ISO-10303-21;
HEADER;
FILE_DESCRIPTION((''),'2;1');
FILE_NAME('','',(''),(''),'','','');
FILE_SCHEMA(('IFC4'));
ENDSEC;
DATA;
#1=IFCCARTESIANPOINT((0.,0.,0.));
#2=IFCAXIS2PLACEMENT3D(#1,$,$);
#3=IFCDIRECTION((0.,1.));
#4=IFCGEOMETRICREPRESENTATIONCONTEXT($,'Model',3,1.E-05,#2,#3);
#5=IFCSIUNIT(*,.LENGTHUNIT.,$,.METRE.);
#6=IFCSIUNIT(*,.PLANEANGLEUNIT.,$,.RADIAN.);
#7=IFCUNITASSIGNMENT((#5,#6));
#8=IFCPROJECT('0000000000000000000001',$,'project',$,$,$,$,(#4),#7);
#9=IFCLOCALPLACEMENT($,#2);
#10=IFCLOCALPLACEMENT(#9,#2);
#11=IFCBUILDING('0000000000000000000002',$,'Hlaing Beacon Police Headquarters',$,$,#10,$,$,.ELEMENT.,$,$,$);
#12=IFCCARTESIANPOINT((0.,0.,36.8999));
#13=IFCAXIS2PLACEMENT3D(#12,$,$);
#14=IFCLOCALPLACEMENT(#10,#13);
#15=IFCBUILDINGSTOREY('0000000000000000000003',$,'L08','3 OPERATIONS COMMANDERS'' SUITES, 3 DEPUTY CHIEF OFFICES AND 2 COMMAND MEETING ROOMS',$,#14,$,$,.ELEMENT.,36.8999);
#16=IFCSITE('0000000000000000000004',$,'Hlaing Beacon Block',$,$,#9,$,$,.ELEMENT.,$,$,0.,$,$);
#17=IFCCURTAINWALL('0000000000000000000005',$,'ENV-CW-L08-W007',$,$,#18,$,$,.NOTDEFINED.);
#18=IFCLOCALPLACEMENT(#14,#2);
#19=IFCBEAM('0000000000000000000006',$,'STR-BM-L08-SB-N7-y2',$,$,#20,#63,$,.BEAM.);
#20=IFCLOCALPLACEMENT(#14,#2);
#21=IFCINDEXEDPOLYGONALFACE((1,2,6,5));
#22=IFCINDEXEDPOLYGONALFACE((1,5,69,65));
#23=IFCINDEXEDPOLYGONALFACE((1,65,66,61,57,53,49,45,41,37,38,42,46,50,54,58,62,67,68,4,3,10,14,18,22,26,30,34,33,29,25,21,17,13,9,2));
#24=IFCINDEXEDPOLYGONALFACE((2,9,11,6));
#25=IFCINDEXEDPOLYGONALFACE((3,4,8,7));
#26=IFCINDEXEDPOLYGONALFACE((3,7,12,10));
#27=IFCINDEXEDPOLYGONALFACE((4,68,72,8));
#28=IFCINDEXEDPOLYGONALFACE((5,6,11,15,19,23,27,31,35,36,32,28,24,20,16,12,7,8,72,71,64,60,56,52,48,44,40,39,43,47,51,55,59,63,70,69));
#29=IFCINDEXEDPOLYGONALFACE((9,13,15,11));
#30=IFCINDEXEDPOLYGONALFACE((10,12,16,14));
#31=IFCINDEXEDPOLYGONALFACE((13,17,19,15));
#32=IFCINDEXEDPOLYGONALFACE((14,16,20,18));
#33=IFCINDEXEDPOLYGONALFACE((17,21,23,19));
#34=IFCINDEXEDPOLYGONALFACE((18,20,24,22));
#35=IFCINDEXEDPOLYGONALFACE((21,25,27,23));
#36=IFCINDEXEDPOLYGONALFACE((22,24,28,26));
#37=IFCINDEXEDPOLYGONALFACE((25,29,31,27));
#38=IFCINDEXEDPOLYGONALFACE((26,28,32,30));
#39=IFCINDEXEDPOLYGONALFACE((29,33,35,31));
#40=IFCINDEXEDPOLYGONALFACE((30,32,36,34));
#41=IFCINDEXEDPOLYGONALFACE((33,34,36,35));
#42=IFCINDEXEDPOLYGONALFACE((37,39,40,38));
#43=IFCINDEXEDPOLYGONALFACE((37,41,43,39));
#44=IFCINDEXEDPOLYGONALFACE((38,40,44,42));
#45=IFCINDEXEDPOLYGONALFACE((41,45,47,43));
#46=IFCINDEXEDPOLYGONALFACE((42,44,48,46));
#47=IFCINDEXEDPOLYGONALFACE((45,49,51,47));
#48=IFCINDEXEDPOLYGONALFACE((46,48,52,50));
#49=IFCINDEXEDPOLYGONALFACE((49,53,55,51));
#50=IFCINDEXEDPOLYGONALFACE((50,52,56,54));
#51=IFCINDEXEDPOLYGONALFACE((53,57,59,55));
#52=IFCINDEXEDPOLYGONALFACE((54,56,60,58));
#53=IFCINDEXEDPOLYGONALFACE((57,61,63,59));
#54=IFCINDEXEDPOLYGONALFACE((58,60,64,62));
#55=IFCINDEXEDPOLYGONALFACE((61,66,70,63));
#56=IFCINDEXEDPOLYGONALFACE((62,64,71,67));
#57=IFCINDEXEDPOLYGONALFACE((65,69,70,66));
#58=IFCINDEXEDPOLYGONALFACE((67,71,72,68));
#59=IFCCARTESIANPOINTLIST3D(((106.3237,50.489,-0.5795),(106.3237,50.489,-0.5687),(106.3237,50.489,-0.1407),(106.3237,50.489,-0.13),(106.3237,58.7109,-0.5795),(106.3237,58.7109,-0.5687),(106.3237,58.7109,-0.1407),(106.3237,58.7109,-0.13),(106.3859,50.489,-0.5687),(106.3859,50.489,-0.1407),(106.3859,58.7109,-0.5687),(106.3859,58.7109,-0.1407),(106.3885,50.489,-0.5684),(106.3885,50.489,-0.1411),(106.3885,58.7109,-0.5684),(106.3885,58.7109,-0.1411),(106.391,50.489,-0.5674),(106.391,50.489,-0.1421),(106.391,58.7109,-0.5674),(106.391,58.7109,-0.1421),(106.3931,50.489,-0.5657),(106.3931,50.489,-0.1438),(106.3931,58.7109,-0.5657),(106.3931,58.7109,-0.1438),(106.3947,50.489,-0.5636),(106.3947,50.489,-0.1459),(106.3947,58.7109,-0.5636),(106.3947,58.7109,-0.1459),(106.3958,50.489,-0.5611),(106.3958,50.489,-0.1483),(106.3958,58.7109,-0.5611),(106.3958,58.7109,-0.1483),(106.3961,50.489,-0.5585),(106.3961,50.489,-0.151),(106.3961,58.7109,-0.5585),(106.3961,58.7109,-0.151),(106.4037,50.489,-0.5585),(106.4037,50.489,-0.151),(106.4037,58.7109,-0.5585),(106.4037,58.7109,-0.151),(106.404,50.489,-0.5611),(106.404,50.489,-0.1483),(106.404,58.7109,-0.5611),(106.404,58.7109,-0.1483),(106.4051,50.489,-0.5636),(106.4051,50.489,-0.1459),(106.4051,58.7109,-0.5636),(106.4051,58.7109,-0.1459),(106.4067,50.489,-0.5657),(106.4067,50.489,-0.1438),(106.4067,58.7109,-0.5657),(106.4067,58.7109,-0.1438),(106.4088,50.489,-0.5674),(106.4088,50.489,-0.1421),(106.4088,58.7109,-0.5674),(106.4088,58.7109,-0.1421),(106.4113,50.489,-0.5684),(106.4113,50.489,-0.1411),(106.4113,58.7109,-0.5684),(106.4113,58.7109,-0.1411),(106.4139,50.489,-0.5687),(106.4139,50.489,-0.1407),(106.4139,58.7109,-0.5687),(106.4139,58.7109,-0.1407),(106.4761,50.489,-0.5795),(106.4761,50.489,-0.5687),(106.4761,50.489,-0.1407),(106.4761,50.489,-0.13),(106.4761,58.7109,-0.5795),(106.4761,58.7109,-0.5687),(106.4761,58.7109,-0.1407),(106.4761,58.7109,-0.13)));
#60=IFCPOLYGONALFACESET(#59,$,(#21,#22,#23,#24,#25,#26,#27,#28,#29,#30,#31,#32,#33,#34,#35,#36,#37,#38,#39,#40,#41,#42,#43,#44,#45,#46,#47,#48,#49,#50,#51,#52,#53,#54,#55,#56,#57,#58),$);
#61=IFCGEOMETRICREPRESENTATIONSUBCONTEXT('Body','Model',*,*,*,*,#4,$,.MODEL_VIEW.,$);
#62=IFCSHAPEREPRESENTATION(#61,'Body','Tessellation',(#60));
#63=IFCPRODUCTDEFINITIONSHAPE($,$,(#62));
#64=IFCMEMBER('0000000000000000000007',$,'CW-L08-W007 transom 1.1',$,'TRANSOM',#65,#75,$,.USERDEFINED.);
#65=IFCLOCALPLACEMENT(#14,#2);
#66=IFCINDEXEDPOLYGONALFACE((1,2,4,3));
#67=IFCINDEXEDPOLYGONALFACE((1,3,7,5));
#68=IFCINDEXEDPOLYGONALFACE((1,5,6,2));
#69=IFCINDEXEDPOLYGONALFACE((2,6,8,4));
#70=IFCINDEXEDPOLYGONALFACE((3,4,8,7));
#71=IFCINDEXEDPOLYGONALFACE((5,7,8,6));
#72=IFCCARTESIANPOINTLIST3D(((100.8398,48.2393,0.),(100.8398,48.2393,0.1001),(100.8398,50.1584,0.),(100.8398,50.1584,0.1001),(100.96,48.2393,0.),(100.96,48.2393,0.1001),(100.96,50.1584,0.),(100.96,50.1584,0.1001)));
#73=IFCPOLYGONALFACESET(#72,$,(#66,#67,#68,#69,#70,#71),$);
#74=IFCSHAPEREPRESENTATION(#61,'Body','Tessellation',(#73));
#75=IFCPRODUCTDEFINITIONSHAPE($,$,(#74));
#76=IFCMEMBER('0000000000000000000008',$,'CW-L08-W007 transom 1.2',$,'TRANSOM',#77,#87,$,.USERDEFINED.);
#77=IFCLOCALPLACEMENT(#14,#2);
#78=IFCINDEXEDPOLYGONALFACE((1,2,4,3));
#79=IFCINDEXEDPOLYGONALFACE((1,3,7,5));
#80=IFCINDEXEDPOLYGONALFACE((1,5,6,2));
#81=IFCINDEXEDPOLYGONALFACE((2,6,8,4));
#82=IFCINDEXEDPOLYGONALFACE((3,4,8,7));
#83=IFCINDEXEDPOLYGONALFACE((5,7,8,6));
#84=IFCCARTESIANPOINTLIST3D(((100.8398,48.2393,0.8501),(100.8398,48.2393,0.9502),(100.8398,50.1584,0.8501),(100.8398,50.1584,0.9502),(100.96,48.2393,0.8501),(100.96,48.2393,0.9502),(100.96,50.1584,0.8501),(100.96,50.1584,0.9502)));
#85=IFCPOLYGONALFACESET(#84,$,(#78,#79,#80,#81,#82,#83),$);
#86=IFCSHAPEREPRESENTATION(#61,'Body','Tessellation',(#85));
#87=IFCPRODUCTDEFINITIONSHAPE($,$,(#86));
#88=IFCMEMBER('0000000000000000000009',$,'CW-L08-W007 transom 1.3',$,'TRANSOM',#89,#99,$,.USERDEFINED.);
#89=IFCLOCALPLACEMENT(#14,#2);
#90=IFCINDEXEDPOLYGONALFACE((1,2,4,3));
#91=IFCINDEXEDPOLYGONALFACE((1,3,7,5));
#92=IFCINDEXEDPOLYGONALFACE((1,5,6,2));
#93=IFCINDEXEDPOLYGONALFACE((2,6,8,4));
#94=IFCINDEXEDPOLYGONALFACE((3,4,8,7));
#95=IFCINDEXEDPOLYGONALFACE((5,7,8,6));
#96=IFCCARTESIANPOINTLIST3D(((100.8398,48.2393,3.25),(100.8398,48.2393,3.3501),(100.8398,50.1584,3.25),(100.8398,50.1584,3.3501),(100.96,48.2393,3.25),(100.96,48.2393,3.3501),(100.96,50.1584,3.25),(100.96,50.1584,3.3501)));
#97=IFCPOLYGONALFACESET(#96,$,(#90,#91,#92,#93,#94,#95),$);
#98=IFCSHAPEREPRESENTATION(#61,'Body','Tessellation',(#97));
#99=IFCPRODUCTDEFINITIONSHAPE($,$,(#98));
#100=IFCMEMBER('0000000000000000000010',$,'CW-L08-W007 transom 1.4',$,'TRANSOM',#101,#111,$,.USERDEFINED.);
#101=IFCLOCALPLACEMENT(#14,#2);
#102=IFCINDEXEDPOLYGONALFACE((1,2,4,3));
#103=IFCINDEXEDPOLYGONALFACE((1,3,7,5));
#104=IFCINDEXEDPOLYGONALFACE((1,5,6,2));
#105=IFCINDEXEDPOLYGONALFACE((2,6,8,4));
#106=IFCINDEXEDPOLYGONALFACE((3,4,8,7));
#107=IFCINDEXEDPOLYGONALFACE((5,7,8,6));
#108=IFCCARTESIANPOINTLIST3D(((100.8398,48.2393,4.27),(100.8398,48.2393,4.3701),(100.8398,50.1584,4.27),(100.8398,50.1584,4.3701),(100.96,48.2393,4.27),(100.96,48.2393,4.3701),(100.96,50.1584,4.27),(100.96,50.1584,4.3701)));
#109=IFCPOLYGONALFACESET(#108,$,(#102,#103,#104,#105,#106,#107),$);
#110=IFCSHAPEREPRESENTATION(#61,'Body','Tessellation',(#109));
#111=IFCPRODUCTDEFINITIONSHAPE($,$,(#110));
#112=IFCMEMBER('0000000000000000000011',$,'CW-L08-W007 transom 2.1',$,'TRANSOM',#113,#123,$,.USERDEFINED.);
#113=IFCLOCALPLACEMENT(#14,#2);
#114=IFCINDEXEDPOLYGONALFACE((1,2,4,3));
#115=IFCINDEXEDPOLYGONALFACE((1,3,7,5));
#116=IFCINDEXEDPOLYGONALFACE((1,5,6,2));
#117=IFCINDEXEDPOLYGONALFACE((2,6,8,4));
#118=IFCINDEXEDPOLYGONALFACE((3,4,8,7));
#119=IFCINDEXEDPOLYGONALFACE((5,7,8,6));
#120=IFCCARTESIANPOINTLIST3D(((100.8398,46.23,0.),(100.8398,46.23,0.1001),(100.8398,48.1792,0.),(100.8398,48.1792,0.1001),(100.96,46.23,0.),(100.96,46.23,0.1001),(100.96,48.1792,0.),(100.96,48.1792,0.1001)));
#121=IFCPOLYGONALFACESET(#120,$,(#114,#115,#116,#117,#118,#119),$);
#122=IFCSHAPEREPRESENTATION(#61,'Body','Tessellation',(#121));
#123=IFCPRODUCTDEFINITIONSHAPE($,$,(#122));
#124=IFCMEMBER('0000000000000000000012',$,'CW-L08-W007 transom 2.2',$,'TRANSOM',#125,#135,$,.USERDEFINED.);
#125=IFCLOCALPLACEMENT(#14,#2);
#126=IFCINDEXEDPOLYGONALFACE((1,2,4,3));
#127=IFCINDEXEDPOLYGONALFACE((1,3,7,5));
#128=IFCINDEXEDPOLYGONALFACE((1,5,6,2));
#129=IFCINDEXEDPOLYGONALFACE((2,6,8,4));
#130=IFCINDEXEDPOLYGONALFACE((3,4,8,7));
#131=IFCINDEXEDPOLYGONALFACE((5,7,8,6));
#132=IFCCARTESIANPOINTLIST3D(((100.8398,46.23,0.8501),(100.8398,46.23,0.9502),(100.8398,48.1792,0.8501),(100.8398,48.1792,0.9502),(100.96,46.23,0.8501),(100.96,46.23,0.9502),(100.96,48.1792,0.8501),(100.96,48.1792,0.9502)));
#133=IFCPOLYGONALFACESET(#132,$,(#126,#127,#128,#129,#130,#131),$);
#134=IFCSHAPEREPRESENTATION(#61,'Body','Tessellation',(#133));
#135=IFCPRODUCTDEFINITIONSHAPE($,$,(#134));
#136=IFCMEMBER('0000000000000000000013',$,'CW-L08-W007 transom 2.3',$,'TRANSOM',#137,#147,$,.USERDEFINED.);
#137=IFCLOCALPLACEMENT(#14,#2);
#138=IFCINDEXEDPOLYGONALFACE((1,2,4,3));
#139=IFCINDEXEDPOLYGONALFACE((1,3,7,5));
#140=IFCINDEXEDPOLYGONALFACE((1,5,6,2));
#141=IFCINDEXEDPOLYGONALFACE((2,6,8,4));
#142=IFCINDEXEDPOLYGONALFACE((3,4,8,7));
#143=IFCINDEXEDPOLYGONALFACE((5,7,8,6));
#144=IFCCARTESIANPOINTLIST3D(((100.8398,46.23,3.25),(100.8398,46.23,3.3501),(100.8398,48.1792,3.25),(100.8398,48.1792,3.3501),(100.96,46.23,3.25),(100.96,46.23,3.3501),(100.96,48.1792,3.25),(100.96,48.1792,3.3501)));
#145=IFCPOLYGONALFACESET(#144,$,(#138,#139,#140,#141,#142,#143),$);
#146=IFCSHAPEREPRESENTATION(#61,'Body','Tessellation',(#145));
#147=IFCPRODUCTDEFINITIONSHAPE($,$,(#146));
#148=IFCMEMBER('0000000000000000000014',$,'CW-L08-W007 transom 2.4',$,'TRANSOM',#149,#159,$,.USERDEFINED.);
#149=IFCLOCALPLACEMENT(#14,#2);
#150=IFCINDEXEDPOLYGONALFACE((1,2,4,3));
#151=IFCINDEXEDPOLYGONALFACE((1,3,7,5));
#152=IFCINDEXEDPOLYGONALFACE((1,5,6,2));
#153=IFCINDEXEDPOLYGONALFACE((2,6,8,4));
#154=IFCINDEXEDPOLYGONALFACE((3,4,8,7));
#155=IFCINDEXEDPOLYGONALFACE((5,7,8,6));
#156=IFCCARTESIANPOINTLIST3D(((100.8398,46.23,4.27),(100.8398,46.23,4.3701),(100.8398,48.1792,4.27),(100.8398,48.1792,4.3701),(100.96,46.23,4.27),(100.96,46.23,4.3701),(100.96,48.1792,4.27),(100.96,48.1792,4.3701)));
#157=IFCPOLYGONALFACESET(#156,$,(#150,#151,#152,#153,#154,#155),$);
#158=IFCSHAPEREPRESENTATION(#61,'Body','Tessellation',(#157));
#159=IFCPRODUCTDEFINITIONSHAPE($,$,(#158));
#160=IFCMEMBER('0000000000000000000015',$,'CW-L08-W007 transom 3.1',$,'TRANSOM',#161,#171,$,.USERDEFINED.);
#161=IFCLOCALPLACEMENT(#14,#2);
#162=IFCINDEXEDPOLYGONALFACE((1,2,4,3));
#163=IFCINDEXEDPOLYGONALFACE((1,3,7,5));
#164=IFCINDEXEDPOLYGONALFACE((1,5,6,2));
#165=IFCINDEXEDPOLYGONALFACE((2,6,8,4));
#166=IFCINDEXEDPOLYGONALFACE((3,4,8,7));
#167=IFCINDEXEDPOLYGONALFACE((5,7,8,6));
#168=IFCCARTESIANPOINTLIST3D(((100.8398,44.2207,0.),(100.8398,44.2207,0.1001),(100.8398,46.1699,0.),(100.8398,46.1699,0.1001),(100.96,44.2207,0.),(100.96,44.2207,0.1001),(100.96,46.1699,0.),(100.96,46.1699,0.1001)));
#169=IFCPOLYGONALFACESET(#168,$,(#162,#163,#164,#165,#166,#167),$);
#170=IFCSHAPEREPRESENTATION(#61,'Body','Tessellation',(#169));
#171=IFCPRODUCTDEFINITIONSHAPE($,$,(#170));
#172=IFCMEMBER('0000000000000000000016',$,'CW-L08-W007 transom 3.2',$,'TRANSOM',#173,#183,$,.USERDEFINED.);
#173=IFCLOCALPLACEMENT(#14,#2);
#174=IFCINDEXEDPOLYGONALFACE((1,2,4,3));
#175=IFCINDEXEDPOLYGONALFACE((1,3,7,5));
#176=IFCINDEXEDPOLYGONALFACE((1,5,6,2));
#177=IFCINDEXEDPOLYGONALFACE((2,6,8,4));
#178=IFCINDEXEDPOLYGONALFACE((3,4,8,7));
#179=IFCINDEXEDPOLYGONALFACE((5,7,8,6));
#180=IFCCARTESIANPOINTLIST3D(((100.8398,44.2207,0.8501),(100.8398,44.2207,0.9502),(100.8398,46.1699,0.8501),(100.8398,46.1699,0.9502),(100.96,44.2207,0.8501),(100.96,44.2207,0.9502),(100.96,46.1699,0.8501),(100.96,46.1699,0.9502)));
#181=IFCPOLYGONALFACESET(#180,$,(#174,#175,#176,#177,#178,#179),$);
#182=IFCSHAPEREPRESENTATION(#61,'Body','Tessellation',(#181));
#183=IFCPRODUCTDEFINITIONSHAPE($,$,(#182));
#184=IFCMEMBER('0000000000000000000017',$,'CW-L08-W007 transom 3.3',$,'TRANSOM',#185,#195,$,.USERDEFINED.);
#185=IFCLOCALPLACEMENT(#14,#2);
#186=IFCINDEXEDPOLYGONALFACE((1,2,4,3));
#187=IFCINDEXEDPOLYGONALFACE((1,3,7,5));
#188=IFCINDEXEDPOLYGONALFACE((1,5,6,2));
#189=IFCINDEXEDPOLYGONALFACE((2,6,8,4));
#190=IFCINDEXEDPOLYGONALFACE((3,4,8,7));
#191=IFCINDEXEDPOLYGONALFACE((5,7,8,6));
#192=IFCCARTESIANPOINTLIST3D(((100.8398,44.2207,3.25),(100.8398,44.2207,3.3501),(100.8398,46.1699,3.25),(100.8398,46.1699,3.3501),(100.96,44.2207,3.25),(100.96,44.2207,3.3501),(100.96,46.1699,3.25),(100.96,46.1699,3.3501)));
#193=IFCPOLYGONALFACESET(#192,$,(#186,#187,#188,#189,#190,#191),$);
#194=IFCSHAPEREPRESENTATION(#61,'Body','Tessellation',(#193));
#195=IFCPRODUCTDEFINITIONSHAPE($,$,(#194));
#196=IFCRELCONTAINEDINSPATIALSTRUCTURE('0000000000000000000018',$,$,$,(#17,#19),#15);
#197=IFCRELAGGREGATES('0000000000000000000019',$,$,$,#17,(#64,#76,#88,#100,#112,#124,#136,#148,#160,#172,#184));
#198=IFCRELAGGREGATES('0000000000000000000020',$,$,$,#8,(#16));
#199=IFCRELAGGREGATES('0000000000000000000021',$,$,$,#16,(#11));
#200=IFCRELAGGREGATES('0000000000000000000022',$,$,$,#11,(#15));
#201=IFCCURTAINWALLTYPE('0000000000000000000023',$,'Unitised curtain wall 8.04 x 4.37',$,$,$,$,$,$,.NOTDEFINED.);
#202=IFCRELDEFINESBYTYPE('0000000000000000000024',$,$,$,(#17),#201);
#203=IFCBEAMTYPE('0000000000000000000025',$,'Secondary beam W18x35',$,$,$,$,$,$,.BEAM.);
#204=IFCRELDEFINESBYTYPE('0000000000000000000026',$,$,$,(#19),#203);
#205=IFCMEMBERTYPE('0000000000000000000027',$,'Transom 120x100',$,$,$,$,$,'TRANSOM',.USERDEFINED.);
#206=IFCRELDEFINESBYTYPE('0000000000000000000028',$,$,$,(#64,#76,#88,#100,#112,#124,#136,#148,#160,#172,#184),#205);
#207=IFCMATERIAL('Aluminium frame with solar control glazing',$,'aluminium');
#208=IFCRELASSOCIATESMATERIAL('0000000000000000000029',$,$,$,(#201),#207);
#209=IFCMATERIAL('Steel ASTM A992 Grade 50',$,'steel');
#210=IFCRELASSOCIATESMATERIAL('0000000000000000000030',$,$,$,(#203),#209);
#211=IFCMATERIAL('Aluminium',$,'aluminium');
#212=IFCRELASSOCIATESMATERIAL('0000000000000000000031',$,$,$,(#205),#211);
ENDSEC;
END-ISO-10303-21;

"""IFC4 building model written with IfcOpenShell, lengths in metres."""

from ifc_helpers import new_model, si_unit, direction, frame, origin, origin_2d, place, context, subcontext, project, spatial, rectangle, i_section, extrude, material, material_profile, profile_set, type_object, element, aggregate, save


model = new_model("IFC4")

# Units and contexts
model_context = context("Model", 3, precision=1e-05, world=origin(), true_north=direction((0.0, 1.0)))
body_context = subcontext(model_context, "Body", "Model", "MODEL_VIEW")
ifc_project = project(units=[si_unit("LENGTHUNIT", "METRE"), si_unit("PLANEANGLEUNIT", "RADIAN")], contexts=[model_context])

# Site, building, storey
site_placement = place(None, origin())
site = spatial("IfcSite", under=ifc_project, at=site_placement, Name="Hlaing Beacon Block", CompositionType="ELEMENT", RefElevation=0.0)
building_placement = place(site_placement, origin())
building = spatial("IfcBuilding", under=site, at=building_placement, Name="Hlaing Beacon Police Headquarters", CompositionType="ELEMENT")
storey_placement = place(building_placement, frame((0.0, 0.0, 36.8999)))
storey = spatial("IfcBuildingStorey", under=building, at=storey_placement, Name="L08", Description="3 OPERATIONS COMMANDERS' SUITES, 3 DEPUTY CHIEF OFFICES AND 2 COMMAND MEETING ROOMS", CompositionType="ELEMENT", Elevation=36.8999)

# Curtain wall
ifc_material_1 = material(Name="Aluminium frame with solar control glazing", Category="aluminium")
curtain_wall_type = type_object("IfcCurtainWallType", Name="Unitised curtain wall 8.04 x 4.37", PredefinedType="NOTDEFINED", material=ifc_material_1)
curtain_wall_placement = place(storey_placement, origin())
curtain_wall = element("IfcCurtainWall", 1, at=curtain_wall_placement, inside=storey, type_object=curtain_wall_type, Name="ENV-CW-L08-W007", PredefinedType="NOTDEFINED")

# Beam
ifc_material_2 = material(Name="Steel ASTM A992 Grade 50", Category="steel")
ifc_material_profile_1 = material_profile(ifc_material_2, i_section(OverallWidth=0.1523, OverallDepth=0.4495, WebThickness=0.0076, FlangeThickness=0.0107, FilletRadius=0.0103, at=origin_2d()), Name="W18x35")
ifc_profile_set_1 = profile_set([ifc_material_profile_1], Name="Steel ASTM A992 Grade 50")
beam_type_1 = type_object("IfcBeamType", Name="Secondary beam W18x35", PredefinedType="BEAM", material=ifc_profile_set_1)
for number, where, z_axis, x_axis, name in (
    (2, (106.3999, 50.489, -0.3547), (0.0, 1.0, 0.0), (-1.0, 0.0, 0.0), "STR-BM-L08-SB-N7-y2"),
):
    element("IfcBeam", number, at=place(storey_placement, frame(where, z_axis=z_axis, x_axis=x_axis)), inside=storey, type_object=beam_type_1, Name=name, PredefinedType="BEAM", context=body_context, shape_type="SweptSolid", body=[
        extrude(i_section(OverallWidth=0.1523, OverallDepth=0.4495, WebThickness=0.0076, FlangeThickness=0.0107, FilletRadius=0.0103, at=origin_2d()), origin(), (0.0, 0.0, 1.0), 8.2219),
    ])

# Members
ifc_material_3 = material(Name="Aluminium", Category="aluminium")
ifc_material_profile_2 = material_profile(ifc_material_3, rectangle(XDim=0.1201, YDim=0.1001, at=origin_2d()), Name="Transom 120x100")
ifc_profile_set_2 = profile_set([ifc_material_profile_2], Name="Aluminium")
member_type_1 = type_object("IfcMemberType", Name="Transom 120x100", ElementType="TRANSOM", PredefinedType="USERDEFINED", material=ifc_profile_set_2)
member_1_placement = place(storey_placement, frame((100.8999, 50.1584, 0.05), z_axis=(0.0, -1.0, 0.0), x_axis=(1.0, 0.0, 0.0)))
member_1 = element("IfcMember", 3, at=member_1_placement, type_object=member_type_1, Name="CW-L08-W007 transom 1.1", ObjectType="TRANSOM", PredefinedType="USERDEFINED", context=body_context, shape_type="SweptSolid", body=[
    extrude(rectangle(XDim=0.1201, YDim=0.1001, at=origin_2d()), origin(), (0.0, 0.0, 1.0), 1.9192),
])
member_2_placement = place(storey_placement, frame((100.8999, 50.1584, 0.9001), z_axis=(0.0, -1.0, 0.0), x_axis=(1.0, 0.0, 0.0)))
member_2 = element("IfcMember", 4, at=member_2_placement, type_object=member_type_1, Name="CW-L08-W007 transom 1.2", ObjectType="TRANSOM", PredefinedType="USERDEFINED", context=body_context, shape_type="SweptSolid", body=[
    extrude(rectangle(XDim=0.1201, YDim=0.1001, at=origin_2d()), origin(), (0.0, 0.0, 1.0), 1.9192),
])
member_3_placement = place(storey_placement, frame((100.8999, 50.1584, 3.3), z_axis=(0.0, -1.0, 0.0), x_axis=(1.0, 0.0, 0.0)))
member_3 = element("IfcMember", 5, at=member_3_placement, type_object=member_type_1, Name="CW-L08-W007 transom 1.3", ObjectType="TRANSOM", PredefinedType="USERDEFINED", context=body_context, shape_type="SweptSolid", body=[
    extrude(rectangle(XDim=0.1201, YDim=0.1001, at=origin_2d()), origin(), (0.0, 0.0, 1.0), 1.9192),
])
member_4_placement = place(storey_placement, frame((100.8999, 50.1584, 4.3201), z_axis=(0.0, -1.0, 0.0), x_axis=(1.0, 0.0, 0.0)))
member_4 = element("IfcMember", 6, at=member_4_placement, type_object=member_type_1, Name="CW-L08-W007 transom 1.4", ObjectType="TRANSOM", PredefinedType="USERDEFINED", context=body_context, shape_type="SweptSolid", body=[
    extrude(rectangle(XDim=0.1201, YDim=0.1001, at=origin_2d()), origin(), (0.0, 0.0, 1.0), 1.9192),
])
member_5_placement = place(storey_placement, frame((100.8999, 48.1792, 0.05), z_axis=(0.0, -1.0, 0.0), x_axis=(1.0, 0.0, 0.0)))
member_5 = element("IfcMember", 7, at=member_5_placement, type_object=member_type_1, Name="CW-L08-W007 transom 2.1", ObjectType="TRANSOM", PredefinedType="USERDEFINED", context=body_context, shape_type="SweptSolid", body=[
    extrude(rectangle(XDim=0.1201, YDim=0.1001, at=origin_2d()), origin(), (0.0, 0.0, 1.0), 1.9492),
])
member_6_placement = place(storey_placement, frame((100.8999, 48.1792, 0.9001), z_axis=(0.0, -1.0, 0.0), x_axis=(1.0, 0.0, 0.0)))
member_6 = element("IfcMember", 8, at=member_6_placement, type_object=member_type_1, Name="CW-L08-W007 transom 2.2", ObjectType="TRANSOM", PredefinedType="USERDEFINED", context=body_context, shape_type="SweptSolid", body=[
    extrude(rectangle(XDim=0.1201, YDim=0.1001, at=origin_2d()), origin(), (0.0, 0.0, 1.0), 1.9492),
])
member_7_placement = place(storey_placement, frame((100.8999, 48.1792, 3.3), z_axis=(0.0, -1.0, 0.0), x_axis=(1.0, 0.0, 0.0)))
member_7 = element("IfcMember", 9, at=member_7_placement, type_object=member_type_1, Name="CW-L08-W007 transom 2.3", ObjectType="TRANSOM", PredefinedType="USERDEFINED", context=body_context, shape_type="SweptSolid", body=[
    extrude(rectangle(XDim=0.1201, YDim=0.1001, at=origin_2d()), origin(), (0.0, 0.0, 1.0), 1.9492),
])
member_8_placement = place(storey_placement, frame((100.8999, 48.1792, 4.3201), z_axis=(0.0, -1.0, 0.0), x_axis=(1.0, 0.0, 0.0)))
member_8 = element("IfcMember", 10, at=member_8_placement, type_object=member_type_1, Name="CW-L08-W007 transom 2.4", ObjectType="TRANSOM", PredefinedType="USERDEFINED", context=body_context, shape_type="SweptSolid", body=[
    extrude(rectangle(XDim=0.1201, YDim=0.1001, at=origin_2d()), origin(), (0.0, 0.0, 1.0), 1.9492),
])
member_9_placement = place(storey_placement, frame((100.8999, 46.1699, 0.05), z_axis=(0.0, -1.0, 0.0), x_axis=(1.0, 0.0, 0.0)))
member_9 = element("IfcMember", 11, at=member_9_placement, type_object=member_type_1, Name="CW-L08-W007 transom 3.1", ObjectType="TRANSOM", PredefinedType="USERDEFINED", context=body_context, shape_type="SweptSolid", body=[
    extrude(rectangle(XDim=0.1201, YDim=0.1001, at=origin_2d()), origin(), (0.0, 0.0, 1.0), 1.9492),
])
member_10_placement = place(storey_placement, frame((100.8999, 46.1699, 0.9001), z_axis=(0.0, -1.0, 0.0), x_axis=(1.0, 0.0, 0.0)))
member_10 = element("IfcMember", 12, at=member_10_placement, type_object=member_type_1, Name="CW-L08-W007 transom 3.2", ObjectType="TRANSOM", PredefinedType="USERDEFINED", context=body_context, shape_type="SweptSolid", body=[
    extrude(rectangle(XDim=0.1201, YDim=0.1001, at=origin_2d()), origin(), (0.0, 0.0, 1.0), 1.9492),
])
member_11_placement = place(storey_placement, frame((100.8999, 46.1699, 3.3), z_axis=(0.0, -1.0, 0.0), x_axis=(1.0, 0.0, 0.0)))
member_11 = element("IfcMember", 13, at=member_11_placement, type_object=member_type_1, Name="CW-L08-W007 transom 3.3", ObjectType="TRANSOM", PredefinedType="USERDEFINED", context=body_context, shape_type="SweptSolid", body=[
    extrude(rectangle(XDim=0.1201, YDim=0.1001, at=origin_2d()), origin(), (0.0, 0.0, 1.0), 1.9492),
])
aggregate(curtain_wall, [member_1, member_2, member_3, member_4, member_5, member_6, member_7, member_8, member_9, member_10, member_11])

save(model, "model.ifc")
